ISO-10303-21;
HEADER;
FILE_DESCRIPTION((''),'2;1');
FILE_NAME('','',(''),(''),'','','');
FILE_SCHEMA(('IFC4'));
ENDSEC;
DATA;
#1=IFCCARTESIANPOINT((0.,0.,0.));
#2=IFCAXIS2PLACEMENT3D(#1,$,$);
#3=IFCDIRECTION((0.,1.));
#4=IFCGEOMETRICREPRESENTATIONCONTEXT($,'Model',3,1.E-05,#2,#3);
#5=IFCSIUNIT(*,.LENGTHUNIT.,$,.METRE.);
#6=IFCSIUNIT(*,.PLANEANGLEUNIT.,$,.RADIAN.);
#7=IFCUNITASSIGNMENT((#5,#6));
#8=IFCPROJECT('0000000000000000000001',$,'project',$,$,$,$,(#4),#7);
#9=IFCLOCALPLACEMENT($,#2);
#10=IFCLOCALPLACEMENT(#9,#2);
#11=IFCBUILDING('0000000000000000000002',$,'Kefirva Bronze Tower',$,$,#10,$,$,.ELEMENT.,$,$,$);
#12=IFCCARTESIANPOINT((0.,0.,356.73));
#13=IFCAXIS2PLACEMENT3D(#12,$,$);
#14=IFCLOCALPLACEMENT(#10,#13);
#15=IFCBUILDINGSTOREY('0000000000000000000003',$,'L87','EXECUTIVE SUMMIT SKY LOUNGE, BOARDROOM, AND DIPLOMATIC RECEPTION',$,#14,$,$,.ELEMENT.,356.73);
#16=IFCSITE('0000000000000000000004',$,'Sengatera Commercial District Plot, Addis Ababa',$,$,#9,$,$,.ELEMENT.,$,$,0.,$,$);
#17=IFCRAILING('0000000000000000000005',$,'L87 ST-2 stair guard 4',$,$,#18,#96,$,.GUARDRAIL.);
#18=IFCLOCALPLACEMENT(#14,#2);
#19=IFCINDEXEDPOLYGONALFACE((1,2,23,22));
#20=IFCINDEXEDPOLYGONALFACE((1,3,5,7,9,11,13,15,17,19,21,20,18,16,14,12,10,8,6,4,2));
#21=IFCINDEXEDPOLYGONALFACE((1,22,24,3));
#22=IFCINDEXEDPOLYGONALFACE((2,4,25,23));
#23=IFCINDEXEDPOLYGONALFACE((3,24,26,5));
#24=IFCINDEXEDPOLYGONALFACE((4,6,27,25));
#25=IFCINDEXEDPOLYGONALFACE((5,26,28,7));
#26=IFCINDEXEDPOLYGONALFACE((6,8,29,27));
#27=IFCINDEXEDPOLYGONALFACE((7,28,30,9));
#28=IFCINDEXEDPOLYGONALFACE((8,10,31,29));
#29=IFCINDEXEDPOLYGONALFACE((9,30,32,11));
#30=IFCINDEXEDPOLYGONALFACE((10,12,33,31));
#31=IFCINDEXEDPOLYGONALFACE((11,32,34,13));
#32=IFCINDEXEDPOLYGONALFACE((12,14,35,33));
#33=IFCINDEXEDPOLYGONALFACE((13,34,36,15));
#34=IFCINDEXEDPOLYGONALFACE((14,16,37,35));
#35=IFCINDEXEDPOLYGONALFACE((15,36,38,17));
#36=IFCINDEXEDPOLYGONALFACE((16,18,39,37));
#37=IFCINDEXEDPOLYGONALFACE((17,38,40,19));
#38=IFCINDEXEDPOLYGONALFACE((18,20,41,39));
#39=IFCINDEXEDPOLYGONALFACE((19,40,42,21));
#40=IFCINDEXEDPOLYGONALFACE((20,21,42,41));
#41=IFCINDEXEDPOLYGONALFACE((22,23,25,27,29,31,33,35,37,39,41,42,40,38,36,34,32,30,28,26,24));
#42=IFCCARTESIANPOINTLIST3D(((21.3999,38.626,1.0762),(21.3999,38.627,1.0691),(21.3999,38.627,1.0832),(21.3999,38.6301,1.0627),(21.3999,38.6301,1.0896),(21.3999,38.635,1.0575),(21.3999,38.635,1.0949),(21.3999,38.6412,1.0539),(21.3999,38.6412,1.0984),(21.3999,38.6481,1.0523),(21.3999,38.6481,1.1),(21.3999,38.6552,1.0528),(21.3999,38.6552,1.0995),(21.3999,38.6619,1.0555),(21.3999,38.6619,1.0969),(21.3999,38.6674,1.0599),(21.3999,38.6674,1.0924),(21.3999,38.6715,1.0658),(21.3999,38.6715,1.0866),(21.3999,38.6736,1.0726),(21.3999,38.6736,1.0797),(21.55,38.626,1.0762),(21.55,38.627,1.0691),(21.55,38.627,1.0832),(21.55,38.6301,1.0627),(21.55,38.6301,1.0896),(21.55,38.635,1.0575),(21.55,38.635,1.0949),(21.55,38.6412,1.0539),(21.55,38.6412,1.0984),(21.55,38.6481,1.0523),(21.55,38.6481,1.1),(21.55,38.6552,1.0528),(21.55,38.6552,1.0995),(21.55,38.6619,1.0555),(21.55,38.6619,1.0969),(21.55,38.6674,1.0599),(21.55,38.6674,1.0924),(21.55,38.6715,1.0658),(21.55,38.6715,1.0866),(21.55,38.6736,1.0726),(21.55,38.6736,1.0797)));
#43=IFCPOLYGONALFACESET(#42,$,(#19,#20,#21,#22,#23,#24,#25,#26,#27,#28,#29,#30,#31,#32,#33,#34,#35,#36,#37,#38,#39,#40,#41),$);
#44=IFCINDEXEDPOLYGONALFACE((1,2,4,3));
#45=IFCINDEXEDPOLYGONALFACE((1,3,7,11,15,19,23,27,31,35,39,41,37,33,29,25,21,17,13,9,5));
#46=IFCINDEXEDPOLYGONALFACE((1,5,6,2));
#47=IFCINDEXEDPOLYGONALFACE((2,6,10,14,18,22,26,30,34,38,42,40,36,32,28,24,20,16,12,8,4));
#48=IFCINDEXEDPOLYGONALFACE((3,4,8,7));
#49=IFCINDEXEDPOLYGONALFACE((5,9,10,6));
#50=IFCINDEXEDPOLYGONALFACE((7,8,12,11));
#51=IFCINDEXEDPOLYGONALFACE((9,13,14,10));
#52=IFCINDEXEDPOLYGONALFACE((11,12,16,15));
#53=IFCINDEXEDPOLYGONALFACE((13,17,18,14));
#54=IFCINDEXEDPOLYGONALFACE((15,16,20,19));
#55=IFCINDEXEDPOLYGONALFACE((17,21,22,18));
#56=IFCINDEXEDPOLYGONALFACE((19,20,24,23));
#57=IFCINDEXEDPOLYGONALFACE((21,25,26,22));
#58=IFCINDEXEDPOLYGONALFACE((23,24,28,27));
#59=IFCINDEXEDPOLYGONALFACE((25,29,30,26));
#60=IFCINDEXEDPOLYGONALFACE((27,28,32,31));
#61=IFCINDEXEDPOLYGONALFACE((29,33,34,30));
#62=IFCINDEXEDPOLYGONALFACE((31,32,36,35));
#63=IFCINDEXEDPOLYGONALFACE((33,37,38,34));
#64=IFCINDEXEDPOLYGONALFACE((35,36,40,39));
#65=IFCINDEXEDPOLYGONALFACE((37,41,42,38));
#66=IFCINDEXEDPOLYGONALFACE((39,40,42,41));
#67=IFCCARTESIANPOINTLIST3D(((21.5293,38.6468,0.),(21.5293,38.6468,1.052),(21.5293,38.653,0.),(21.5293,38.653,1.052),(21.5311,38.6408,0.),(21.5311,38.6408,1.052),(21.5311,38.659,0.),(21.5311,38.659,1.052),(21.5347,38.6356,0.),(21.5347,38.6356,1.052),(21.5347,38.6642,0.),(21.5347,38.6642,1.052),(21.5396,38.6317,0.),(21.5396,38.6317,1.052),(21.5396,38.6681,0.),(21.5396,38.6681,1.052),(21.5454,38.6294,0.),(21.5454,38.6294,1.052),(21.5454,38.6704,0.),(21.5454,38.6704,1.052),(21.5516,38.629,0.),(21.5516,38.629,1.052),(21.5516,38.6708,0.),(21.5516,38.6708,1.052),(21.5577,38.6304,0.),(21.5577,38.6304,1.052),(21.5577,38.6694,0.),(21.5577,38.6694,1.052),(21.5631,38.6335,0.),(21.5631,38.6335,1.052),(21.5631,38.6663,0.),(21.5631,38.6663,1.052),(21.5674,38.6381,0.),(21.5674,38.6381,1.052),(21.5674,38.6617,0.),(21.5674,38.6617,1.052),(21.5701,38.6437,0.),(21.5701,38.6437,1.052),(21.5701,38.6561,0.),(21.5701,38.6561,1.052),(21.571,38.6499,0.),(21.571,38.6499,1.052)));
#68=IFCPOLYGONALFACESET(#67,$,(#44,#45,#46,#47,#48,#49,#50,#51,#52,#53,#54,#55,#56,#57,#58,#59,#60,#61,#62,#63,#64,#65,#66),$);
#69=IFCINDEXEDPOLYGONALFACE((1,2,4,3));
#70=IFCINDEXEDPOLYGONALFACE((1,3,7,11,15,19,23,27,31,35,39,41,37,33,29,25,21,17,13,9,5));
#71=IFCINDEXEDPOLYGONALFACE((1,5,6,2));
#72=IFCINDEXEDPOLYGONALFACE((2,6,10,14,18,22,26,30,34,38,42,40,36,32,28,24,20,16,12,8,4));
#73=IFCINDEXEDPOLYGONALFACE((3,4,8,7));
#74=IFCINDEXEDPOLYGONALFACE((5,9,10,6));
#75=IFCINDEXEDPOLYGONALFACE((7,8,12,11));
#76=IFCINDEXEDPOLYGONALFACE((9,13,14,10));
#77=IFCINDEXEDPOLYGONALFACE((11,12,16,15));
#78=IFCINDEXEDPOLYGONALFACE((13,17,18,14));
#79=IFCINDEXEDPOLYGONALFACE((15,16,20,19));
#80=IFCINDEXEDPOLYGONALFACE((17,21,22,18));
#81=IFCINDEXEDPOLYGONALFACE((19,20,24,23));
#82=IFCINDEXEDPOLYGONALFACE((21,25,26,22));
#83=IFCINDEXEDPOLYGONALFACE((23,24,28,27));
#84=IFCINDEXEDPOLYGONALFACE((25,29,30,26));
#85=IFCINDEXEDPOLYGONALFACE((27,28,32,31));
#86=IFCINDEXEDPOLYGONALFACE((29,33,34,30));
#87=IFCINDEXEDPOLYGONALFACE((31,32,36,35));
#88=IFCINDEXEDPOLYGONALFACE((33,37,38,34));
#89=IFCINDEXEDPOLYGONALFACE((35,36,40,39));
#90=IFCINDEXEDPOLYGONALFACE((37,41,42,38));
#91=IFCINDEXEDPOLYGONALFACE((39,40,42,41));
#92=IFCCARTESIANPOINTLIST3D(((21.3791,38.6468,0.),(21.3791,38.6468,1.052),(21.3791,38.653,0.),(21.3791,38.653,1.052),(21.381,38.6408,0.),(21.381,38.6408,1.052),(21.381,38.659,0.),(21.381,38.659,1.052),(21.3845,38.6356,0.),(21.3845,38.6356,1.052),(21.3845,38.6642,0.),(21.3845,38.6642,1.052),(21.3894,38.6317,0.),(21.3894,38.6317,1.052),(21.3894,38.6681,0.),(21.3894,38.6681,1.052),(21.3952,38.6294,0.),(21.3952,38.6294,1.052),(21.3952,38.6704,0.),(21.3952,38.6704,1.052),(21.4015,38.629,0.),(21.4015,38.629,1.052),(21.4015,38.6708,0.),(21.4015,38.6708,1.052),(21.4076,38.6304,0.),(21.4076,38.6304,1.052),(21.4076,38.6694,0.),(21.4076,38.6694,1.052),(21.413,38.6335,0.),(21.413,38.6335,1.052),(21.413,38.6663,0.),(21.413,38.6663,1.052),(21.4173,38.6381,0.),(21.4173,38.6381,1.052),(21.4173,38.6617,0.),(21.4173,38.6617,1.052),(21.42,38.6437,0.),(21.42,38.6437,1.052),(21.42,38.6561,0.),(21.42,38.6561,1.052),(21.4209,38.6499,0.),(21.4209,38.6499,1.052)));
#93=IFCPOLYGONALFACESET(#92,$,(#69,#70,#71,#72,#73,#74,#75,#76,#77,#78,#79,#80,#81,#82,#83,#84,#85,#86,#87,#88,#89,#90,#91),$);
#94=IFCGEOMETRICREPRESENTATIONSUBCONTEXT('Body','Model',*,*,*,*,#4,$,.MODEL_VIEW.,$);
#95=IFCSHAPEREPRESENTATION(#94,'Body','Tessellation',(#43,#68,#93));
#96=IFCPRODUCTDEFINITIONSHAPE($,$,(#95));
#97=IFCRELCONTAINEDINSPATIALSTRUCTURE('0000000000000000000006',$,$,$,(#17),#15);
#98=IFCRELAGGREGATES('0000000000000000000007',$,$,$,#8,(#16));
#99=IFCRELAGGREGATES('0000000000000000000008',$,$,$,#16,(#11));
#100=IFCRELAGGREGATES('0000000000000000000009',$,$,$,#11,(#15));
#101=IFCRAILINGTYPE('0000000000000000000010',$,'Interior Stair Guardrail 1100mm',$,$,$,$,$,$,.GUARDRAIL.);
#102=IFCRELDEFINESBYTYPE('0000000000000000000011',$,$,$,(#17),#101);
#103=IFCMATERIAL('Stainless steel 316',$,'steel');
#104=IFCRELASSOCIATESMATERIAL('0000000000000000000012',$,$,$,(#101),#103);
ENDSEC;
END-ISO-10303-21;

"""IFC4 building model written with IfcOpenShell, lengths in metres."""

from ifc_helpers import new_model, si_unit, direction, frame, origin, origin_2d, place, context, subcontext, project, spatial, circle, extrude, material, type_object, element, save


model = new_model("IFC4")

# Units and contexts
model_context = context("Model", 3, precision=1e-05, world=origin(), true_north=direction((0.0, 1.0)))
body_context = subcontext(model_context, "Body", "Model", "MODEL_VIEW")
ifc_project = project(units=[si_unit("LENGTHUNIT", "METRE"), si_unit("PLANEANGLEUNIT", "RADIAN")], contexts=[model_context])

# Site, building, storey
site_placement = place(None, origin())
site = spatial("IfcSite", under=ifc_project, at=site_placement, Name="Sengatera Commercial District Plot, Addis Ababa", CompositionType="ELEMENT", RefElevation=0.0)
building_placement = place(site_placement, origin())
building = spatial("IfcBuilding", under=site, at=building_placement, Name="Kefirva Bronze Tower", CompositionType="ELEMENT")
storey_placement = place(building_placement, frame((0.0, 0.0, 356.73)))
storey = spatial("IfcBuildingStorey", under=building, at=storey_placement, Name="L87", Description="EXECUTIVE SUMMIT SKY LOUNGE, BOARDROOM, AND DIPLOMATIC RECEPTION", CompositionType="ELEMENT", Elevation=356.73)

# Shared definitions
ifc_material_1 = material(Name="Stainless steel 316", Category="steel")

# Railing
railing_type_1 = type_object("IfcRailingType", Name="Interior Stair Guardrail 1100mm", PredefinedType="GUARDRAIL", material=ifc_material_1)
railing_1_placement = place(storey_placement, frame((21.55, 38.6499, 0.0)))
element("IfcRailing", 1, at=railing_1_placement, inside=storey, type_object=railing_type_1, Name="L87 ST-2 stair guard 4", PredefinedType="GUARDRAIL", context=body_context, shape_type="SweptSolid", body=[
    extrude(circle(Radius=0.0239, at=origin_2d()), frame((0.0, 0.0, 1.0762), z_axis=(-1.0, 0.0, 0.0), x_axis=(0.0, -1.0, 0.0)), (0.0, 0.0, 1.0), 0.1501),
    extrude(circle(Radius=0.021, at=origin_2d()), origin(), (0.0, 0.0, 1.0), 1.052),
    extrude(circle(Radius=0.021, at=origin_2d()), frame((-0.1501, 0.0, 0.0)), (0.0, 0.0, 1.0), 1.052),
])

save(model, "model.ifc")
